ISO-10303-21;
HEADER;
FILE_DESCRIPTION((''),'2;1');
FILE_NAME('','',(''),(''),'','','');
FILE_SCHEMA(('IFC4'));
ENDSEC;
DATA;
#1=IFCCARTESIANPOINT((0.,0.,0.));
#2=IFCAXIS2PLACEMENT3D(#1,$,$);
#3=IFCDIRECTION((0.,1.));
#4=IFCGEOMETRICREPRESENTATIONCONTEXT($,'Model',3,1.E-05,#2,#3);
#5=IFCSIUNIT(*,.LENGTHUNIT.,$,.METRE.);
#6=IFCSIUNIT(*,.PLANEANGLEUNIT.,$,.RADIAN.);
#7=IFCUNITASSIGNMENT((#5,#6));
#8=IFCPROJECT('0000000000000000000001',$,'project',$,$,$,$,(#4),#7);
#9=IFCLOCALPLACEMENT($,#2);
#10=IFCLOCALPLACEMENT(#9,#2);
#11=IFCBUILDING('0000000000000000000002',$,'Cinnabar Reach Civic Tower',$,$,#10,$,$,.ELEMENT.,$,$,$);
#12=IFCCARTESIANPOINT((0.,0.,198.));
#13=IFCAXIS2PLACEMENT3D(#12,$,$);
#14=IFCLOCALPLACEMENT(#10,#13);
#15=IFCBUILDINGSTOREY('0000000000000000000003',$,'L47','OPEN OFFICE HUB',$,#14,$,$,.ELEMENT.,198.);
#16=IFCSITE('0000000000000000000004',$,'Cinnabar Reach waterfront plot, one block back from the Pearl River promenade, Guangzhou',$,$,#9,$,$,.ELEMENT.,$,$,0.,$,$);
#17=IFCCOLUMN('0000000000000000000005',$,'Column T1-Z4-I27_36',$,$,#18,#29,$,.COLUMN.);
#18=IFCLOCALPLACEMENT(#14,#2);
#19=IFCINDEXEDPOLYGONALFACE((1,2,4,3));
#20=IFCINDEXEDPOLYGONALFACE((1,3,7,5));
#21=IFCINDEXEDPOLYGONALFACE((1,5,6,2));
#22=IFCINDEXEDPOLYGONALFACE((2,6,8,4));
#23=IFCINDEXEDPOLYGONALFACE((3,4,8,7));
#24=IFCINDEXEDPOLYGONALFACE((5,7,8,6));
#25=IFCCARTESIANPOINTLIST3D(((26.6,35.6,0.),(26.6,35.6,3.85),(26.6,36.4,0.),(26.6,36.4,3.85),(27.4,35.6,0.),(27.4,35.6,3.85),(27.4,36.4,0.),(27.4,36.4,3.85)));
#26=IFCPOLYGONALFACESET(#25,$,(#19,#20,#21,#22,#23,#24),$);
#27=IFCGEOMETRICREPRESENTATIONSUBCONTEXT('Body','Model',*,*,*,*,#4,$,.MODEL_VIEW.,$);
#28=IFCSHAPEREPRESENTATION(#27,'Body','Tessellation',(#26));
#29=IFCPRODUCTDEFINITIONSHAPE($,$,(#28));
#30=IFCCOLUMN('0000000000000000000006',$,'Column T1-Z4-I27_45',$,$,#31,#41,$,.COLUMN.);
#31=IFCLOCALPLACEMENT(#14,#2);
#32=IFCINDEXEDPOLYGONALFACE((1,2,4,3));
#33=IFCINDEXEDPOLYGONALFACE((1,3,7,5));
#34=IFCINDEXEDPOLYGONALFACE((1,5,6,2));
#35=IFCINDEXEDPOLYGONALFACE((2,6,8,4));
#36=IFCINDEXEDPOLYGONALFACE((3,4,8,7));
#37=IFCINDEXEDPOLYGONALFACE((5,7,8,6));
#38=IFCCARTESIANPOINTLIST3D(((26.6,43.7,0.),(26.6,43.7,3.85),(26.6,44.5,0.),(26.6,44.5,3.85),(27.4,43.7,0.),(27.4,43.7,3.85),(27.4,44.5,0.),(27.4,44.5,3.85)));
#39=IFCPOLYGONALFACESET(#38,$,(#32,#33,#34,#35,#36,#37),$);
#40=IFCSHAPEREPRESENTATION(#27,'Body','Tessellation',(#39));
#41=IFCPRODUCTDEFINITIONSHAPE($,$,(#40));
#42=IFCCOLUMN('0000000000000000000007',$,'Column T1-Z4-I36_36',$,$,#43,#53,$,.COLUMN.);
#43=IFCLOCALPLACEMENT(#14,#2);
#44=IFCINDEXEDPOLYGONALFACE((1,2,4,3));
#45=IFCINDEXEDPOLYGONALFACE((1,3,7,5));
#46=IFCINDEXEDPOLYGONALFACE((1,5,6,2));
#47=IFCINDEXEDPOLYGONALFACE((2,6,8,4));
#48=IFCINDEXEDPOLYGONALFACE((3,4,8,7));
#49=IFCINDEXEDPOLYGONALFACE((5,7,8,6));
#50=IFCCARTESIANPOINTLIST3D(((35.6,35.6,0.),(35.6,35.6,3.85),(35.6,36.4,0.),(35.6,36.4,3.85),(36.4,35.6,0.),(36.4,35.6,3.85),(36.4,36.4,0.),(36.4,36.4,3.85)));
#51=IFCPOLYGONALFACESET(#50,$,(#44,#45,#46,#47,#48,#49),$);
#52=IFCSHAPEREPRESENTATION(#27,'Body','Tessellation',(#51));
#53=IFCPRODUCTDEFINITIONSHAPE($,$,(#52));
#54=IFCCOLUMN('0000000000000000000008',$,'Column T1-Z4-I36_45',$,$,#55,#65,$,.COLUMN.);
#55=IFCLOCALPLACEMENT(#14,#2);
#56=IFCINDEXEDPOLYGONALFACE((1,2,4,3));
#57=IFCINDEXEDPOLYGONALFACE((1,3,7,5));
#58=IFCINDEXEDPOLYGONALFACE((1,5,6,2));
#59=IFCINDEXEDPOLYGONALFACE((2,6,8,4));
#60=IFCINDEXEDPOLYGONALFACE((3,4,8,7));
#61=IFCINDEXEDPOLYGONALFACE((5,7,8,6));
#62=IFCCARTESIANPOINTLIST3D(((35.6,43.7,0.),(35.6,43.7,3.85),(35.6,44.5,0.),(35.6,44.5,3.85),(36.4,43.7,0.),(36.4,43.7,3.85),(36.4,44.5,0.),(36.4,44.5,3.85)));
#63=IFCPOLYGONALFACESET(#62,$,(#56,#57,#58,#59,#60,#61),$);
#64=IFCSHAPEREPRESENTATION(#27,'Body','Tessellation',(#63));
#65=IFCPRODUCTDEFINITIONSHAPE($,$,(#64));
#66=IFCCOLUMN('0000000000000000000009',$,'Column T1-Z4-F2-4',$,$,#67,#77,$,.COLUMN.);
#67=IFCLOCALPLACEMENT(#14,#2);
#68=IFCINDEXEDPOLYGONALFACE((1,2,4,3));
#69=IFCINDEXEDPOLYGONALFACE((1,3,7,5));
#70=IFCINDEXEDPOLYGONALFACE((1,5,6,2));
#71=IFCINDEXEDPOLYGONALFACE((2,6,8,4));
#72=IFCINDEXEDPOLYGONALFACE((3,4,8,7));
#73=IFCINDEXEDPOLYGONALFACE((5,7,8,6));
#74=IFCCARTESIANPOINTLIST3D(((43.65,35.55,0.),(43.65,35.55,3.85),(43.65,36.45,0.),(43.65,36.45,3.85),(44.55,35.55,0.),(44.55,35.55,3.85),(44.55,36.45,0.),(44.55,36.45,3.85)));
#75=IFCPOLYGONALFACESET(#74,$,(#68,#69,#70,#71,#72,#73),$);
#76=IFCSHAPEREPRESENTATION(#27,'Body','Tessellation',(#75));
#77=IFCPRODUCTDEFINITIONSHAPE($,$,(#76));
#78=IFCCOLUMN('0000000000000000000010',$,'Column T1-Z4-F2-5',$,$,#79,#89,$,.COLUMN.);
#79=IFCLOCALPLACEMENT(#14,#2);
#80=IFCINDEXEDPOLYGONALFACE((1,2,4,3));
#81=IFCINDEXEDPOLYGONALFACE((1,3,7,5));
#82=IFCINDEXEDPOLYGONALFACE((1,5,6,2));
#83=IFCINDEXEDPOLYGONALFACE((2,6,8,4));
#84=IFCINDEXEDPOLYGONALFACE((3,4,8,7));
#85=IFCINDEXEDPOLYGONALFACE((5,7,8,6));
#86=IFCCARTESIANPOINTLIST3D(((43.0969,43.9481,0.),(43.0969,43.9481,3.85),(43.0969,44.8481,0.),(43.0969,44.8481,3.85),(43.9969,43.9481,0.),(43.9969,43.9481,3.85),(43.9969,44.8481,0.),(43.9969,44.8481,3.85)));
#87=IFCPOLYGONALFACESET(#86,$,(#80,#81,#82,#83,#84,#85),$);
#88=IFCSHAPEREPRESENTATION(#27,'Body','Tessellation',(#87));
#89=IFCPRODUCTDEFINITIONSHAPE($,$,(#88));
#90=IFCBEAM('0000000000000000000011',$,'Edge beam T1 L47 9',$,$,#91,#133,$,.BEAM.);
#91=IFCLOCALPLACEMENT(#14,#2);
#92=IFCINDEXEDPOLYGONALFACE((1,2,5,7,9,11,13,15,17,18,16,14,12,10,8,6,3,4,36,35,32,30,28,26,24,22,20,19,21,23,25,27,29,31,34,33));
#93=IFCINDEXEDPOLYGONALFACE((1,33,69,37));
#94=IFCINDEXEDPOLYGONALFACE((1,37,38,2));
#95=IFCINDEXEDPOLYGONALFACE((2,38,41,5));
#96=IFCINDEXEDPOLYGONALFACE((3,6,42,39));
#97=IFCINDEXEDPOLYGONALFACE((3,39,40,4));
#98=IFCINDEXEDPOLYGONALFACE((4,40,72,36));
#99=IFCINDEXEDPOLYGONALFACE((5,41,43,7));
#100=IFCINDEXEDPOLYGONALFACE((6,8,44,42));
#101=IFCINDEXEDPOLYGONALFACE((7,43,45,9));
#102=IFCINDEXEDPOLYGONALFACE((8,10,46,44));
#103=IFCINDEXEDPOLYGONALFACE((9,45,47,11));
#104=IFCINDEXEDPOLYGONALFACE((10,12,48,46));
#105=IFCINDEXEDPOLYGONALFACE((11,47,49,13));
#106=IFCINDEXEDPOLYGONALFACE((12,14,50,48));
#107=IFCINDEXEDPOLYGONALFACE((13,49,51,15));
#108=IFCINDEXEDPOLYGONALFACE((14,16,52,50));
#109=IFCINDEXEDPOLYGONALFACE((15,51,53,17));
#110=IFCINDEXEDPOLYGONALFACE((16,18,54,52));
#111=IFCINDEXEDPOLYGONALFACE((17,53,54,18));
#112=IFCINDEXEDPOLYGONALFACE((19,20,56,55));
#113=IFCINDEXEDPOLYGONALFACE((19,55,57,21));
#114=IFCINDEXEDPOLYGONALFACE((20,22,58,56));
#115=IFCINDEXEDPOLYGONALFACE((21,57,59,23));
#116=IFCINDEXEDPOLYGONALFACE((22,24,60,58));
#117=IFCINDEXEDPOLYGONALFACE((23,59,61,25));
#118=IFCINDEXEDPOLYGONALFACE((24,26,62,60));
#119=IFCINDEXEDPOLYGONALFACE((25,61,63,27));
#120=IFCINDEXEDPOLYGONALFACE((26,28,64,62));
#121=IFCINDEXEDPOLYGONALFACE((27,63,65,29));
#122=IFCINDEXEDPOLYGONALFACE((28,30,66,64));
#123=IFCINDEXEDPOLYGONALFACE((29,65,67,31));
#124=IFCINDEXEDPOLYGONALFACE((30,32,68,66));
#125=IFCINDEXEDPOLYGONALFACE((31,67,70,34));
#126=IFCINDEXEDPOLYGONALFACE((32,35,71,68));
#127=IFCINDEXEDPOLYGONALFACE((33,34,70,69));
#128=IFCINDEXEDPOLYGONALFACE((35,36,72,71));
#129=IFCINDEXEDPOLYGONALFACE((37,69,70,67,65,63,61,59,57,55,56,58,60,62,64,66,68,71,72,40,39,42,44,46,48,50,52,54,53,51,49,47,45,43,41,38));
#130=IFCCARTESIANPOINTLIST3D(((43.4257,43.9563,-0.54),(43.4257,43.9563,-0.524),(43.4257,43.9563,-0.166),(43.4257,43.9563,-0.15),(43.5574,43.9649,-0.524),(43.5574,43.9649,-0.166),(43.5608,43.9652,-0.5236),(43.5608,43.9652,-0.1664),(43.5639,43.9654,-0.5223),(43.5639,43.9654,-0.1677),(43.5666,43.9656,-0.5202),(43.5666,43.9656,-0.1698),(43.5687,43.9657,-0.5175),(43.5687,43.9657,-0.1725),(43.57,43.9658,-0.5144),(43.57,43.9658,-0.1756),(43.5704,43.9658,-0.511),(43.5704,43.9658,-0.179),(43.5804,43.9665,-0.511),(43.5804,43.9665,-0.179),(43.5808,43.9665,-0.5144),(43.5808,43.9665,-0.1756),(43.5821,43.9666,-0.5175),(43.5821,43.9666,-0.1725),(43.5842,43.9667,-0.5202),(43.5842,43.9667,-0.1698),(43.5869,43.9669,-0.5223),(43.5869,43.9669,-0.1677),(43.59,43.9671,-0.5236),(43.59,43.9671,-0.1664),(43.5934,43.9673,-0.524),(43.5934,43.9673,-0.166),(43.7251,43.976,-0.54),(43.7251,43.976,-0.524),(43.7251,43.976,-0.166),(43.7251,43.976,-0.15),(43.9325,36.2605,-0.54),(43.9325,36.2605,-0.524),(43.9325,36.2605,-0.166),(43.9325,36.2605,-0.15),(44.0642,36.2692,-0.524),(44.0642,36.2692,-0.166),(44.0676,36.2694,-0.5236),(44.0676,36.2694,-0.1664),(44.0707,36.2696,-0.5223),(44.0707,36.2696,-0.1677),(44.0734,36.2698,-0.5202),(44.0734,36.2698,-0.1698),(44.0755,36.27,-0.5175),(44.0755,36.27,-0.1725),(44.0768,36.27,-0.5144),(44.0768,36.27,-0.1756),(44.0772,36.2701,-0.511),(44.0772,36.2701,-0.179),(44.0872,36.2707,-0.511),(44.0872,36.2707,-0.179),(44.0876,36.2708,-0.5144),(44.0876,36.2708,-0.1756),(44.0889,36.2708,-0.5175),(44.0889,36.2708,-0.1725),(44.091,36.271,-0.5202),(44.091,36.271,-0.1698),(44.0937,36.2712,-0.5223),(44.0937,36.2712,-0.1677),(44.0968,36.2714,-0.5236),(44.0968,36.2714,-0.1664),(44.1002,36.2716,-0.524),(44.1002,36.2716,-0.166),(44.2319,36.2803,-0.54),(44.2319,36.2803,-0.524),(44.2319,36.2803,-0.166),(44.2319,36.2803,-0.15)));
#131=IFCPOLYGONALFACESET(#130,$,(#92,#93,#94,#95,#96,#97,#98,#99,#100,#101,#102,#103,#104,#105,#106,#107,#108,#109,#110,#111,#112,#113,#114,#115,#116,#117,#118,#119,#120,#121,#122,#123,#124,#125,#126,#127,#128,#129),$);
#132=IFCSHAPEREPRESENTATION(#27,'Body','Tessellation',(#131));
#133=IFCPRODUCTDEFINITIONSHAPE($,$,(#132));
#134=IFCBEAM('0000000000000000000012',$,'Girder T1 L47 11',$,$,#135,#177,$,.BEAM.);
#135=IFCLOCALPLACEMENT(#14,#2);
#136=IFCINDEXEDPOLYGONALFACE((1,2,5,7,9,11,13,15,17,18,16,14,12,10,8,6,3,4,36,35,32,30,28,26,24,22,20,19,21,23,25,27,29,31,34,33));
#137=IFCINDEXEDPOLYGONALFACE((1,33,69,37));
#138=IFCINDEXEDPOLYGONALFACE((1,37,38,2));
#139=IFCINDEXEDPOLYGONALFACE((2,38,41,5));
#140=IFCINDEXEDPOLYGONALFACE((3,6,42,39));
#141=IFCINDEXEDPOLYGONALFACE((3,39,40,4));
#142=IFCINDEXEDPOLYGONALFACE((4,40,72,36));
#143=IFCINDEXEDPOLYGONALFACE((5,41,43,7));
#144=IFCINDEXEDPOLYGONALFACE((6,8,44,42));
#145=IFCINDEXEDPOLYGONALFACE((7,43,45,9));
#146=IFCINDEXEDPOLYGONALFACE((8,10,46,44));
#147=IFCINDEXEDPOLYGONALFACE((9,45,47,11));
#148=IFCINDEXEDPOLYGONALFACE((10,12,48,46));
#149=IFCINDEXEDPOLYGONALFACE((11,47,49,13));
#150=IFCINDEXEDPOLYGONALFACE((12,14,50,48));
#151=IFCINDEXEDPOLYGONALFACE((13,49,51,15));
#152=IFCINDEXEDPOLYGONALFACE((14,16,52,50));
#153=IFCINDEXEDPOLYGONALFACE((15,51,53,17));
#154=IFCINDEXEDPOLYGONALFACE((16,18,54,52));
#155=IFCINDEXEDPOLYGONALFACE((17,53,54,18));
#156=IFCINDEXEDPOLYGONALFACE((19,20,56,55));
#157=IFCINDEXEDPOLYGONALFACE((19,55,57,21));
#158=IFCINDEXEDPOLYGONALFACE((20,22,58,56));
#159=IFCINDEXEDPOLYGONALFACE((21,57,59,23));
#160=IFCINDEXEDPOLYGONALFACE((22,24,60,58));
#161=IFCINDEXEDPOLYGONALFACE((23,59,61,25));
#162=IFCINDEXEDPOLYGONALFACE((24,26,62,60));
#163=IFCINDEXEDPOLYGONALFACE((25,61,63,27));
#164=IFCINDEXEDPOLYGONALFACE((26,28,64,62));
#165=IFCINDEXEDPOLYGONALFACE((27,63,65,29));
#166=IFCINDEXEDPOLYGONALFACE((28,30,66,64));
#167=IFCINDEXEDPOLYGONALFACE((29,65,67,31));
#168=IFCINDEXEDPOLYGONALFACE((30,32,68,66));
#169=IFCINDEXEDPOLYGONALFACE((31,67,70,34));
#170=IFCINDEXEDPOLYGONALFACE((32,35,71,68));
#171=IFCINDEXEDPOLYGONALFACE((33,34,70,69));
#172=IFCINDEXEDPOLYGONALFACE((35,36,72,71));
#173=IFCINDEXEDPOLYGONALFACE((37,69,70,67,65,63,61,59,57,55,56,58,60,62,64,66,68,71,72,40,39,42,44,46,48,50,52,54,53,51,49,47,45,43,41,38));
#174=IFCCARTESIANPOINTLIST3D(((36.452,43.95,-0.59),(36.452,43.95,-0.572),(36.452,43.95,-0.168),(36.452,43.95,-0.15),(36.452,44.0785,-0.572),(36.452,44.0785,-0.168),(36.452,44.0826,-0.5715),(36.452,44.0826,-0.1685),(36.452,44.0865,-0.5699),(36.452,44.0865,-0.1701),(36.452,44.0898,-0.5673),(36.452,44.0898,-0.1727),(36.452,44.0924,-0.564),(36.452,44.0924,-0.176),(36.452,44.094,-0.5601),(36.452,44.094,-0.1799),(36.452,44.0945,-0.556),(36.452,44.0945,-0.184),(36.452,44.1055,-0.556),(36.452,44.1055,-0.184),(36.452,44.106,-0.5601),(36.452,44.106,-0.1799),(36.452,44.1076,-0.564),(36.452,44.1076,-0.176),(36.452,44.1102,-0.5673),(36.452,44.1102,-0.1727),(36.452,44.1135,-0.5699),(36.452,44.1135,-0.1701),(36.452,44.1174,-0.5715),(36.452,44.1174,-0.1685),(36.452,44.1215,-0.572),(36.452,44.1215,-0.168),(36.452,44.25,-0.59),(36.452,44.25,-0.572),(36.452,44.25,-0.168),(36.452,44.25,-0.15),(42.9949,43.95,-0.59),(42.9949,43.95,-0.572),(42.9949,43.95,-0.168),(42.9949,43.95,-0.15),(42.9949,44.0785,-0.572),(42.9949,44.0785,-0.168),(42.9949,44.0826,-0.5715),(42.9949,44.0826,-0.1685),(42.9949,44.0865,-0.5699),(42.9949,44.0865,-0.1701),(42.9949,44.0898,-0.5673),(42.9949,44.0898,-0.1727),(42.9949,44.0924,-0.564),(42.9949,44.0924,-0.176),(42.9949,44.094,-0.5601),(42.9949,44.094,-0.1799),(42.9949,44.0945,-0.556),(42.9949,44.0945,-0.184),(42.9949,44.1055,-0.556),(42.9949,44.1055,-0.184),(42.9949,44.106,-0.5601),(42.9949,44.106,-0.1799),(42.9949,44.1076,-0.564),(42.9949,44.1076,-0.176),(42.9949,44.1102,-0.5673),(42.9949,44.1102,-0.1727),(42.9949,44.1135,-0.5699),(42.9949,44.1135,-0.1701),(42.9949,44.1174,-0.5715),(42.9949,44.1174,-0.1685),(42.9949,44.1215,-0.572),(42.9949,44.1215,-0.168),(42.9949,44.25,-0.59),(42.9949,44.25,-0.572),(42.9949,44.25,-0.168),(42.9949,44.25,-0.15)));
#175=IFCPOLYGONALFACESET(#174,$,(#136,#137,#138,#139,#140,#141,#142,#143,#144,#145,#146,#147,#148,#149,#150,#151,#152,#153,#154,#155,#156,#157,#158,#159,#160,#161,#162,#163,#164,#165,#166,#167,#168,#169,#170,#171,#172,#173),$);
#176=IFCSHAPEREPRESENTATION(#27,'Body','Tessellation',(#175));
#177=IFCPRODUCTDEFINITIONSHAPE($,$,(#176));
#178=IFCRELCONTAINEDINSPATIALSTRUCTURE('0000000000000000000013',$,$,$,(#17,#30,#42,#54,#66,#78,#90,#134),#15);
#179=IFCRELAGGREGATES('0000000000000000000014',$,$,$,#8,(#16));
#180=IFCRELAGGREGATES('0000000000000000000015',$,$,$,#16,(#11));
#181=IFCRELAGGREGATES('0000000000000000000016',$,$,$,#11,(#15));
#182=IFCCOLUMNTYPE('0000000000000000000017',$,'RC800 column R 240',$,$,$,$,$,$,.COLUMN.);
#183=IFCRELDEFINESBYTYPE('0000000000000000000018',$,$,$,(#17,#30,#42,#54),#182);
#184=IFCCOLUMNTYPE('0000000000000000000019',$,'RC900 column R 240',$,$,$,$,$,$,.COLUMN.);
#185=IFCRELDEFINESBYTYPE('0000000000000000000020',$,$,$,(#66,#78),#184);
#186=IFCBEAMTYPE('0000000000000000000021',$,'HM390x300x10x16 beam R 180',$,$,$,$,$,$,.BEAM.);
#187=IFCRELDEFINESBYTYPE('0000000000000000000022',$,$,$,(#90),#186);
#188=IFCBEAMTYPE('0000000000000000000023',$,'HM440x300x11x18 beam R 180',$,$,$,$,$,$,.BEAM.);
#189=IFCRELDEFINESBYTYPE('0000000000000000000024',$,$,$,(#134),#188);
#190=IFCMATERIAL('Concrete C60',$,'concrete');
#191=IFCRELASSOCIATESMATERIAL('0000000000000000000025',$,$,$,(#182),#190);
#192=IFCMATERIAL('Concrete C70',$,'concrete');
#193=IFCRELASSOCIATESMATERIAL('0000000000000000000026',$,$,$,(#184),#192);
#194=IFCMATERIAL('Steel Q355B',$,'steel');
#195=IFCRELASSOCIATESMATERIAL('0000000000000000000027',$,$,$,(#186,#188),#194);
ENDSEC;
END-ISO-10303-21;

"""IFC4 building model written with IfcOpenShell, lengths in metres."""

from ifc_helpers import new_model, si_unit, direction, frame, origin, origin_2d, place, context, subcontext, project, spatial, rectangle, i_section, extrude, material, material_profile, profile_set, type_object, element, save


model = new_model("IFC4")

# Units and contexts
model_context = context("Model", 3, precision=1e-05, world=origin(), true_north=direction((0.0, 1.0)))
body_context = subcontext(model_context, "Body", "Model", "MODEL_VIEW")
ifc_project = project(units=[si_unit("LENGTHUNIT", "METRE"), si_unit("PLANEANGLEUNIT", "RADIAN")], contexts=[model_context])

# Site, building, storey
site_placement = place(None, origin())
site = spatial("IfcSite", under=ifc_project, at=site_placement, Name="Cinnabar Reach waterfront plot, one block back from the Pearl River promenade, Guangzhou", CompositionType="ELEMENT", RefElevation=0.0)
building_placement = place(site_placement, origin())
building = spatial("IfcBuilding", under=site, at=building_placement, Name="Cinnabar Reach Civic Tower", CompositionType="ELEMENT")
storey_placement = place(building_placement, frame((0.0, 0.0, 198.0)))
storey = spatial("IfcBuildingStorey", under=building, at=storey_placement, Name="L47", Description="OPEN OFFICE HUB", CompositionType="ELEMENT", Elevation=198.0)

# Columns
ifc_material_1 = material(Name="Concrete C60", Category="concrete")
ifc_material_profile_1 = material_profile(ifc_material_1, rectangle(XDim=0.8, YDim=0.8, at=origin_2d()), Name="RC800")
ifc_profile_set_1 = profile_set([ifc_material_profile_1], Name="Concrete C60")
column_type_1 = type_object("IfcColumnType", Name="RC800 column R 240", PredefinedType="COLUMN", material=ifc_profile_set_1)
for number, where, z_axis, x_axis, name in (
    (1, (27.0, 36.0, 0.0), (0.0, 0.0, 1.0), (1.0, 0.0, 0.0), "Column T1-Z4-I27_36"),
    (2, (27.0, 44.1, 0.0), (0.0, 0.0, 1.0), (1.0, 0.0, 0.0), "Column T1-Z4-I27_45"),
    (3, (36.0, 36.0, 0.0), (0.0, 0.0, 1.0), (1.0, 0.0, 0.0), "Column T1-Z4-I36_36"),
    (4, (36.0, 44.1, 0.0), (0.0, 0.0, 1.0), (1.0, 0.0, 0.0), "Column T1-Z4-I36_45"),
):
    element("IfcColumn", number, at=place(storey_placement, frame(where, z_axis=z_axis, x_axis=x_axis)), inside=storey, type_object=column_type_1, Name=name, PredefinedType="COLUMN", context=body_context, shape_type="SweptSolid", body=[
        extrude(rectangle(XDim=0.8, YDim=0.8, at=origin_2d()), origin(), (0.0, 0.0, 1.0), 3.85),
    ])
ifc_material_2 = material(Name="Concrete C70", Category="concrete")
ifc_material_profile_2 = material_profile(ifc_material_2, rectangle(XDim=0.9, YDim=0.9, at=origin_2d()), Name="RC900")
ifc_profile_set_2 = profile_set([ifc_material_profile_2], Name="Concrete C70")
column_type_2 = type_object("IfcColumnType", Name="RC900 column R 240", PredefinedType="COLUMN", material=ifc_profile_set_2)
for number, where, z_axis, x_axis, name in (
    (5, (44.1, 36.0, 0.0), (0.0, 0.0, 1.0), (1.0, 0.0, 0.0), "Column T1-Z4-F2-4"),
    (6, (43.5469, 44.3981, 0.0), (0.0, 0.0, 1.0), (1.0, 0.0, 0.0), "Column T1-Z4-F2-5"),
):
    element("IfcColumn", number, at=place(storey_placement, frame(where, z_axis=z_axis, x_axis=x_axis)), inside=storey, type_object=column_type_2, Name=name, PredefinedType="COLUMN", context=body_context, shape_type="SweptSolid", body=[
        extrude(rectangle(XDim=0.9, YDim=0.9, at=origin_2d()), origin(), (0.0, 0.0, 1.0), 3.85),
    ])

# Beams
ifc_material_3 = material(Name="Steel Q355B", Category="steel")
ifc_material_profile_3 = material_profile(ifc_material_3, i_section(OverallWidth=0.3, OverallDepth=0.39, WebThickness=0.01, FlangeThickness=0.016, FilletRadius=0.013, at=origin_2d()), Name="HM390x300x10x16")
ifc_profile_set_3 = profile_set([ifc_material_profile_3], Name="Steel Q355B")
beam_type_1 = type_object("IfcBeamType", Name="HM390x300x10x16 beam R 180", PredefinedType="BEAM", material=ifc_profile_set_3)
beam_1_placement = place(storey_placement, frame((44.0822, 36.2704, -0.345), z_axis=(-0.065713, 0.997839, 0.0), x_axis=(-0.997839, -0.065713, 0.0)))
element("IfcBeam", 7, at=beam_1_placement, inside=storey, type_object=beam_type_1, Name="Edge beam T1 L47 9", PredefinedType="BEAM", context=body_context, shape_type="SweptSolid", body=[
    extrude(i_section(OverallWidth=0.3, OverallDepth=0.39, WebThickness=0.01, FlangeThickness=0.016, FilletRadius=0.013, at=origin_2d()), origin(), (0.0, 0.0, 1.0), 7.7124),
])
ifc_material_profile_4 = material_profile(ifc_material_3, i_section(OverallWidth=0.3, OverallDepth=0.44, WebThickness=0.011, FlangeThickness=0.018, FilletRadius=0.016, at=origin_2d()), Name="HM440x300x11x18")
ifc_profile_set_4 = profile_set([ifc_material_profile_4], Name="Steel Q355B")
beam_type_2 = type_object("IfcBeamType", Name="HM440x300x11x18 beam R 180", PredefinedType="BEAM", material=ifc_profile_set_4)
beam_2_placement = place(storey_placement, frame((36.452, 44.1, -0.37), z_axis=(1.0, 0.0, 0.0), x_axis=(0.0, 1.0, 0.0)))
element("IfcBeam", 8, at=beam_2_placement, inside=storey, type_object=beam_type_2, Name="Girder T1 L47 11", PredefinedType="BEAM", context=body_context, shape_type="SweptSolid", body=[
    extrude(i_section(OverallWidth=0.3, OverallDepth=0.44, WebThickness=0.011, FlangeThickness=0.018, FilletRadius=0.016, at=origin_2d()), origin(), (0.0, 0.0, 1.0), 6.5429),
])

save(model, "model.ifc")
